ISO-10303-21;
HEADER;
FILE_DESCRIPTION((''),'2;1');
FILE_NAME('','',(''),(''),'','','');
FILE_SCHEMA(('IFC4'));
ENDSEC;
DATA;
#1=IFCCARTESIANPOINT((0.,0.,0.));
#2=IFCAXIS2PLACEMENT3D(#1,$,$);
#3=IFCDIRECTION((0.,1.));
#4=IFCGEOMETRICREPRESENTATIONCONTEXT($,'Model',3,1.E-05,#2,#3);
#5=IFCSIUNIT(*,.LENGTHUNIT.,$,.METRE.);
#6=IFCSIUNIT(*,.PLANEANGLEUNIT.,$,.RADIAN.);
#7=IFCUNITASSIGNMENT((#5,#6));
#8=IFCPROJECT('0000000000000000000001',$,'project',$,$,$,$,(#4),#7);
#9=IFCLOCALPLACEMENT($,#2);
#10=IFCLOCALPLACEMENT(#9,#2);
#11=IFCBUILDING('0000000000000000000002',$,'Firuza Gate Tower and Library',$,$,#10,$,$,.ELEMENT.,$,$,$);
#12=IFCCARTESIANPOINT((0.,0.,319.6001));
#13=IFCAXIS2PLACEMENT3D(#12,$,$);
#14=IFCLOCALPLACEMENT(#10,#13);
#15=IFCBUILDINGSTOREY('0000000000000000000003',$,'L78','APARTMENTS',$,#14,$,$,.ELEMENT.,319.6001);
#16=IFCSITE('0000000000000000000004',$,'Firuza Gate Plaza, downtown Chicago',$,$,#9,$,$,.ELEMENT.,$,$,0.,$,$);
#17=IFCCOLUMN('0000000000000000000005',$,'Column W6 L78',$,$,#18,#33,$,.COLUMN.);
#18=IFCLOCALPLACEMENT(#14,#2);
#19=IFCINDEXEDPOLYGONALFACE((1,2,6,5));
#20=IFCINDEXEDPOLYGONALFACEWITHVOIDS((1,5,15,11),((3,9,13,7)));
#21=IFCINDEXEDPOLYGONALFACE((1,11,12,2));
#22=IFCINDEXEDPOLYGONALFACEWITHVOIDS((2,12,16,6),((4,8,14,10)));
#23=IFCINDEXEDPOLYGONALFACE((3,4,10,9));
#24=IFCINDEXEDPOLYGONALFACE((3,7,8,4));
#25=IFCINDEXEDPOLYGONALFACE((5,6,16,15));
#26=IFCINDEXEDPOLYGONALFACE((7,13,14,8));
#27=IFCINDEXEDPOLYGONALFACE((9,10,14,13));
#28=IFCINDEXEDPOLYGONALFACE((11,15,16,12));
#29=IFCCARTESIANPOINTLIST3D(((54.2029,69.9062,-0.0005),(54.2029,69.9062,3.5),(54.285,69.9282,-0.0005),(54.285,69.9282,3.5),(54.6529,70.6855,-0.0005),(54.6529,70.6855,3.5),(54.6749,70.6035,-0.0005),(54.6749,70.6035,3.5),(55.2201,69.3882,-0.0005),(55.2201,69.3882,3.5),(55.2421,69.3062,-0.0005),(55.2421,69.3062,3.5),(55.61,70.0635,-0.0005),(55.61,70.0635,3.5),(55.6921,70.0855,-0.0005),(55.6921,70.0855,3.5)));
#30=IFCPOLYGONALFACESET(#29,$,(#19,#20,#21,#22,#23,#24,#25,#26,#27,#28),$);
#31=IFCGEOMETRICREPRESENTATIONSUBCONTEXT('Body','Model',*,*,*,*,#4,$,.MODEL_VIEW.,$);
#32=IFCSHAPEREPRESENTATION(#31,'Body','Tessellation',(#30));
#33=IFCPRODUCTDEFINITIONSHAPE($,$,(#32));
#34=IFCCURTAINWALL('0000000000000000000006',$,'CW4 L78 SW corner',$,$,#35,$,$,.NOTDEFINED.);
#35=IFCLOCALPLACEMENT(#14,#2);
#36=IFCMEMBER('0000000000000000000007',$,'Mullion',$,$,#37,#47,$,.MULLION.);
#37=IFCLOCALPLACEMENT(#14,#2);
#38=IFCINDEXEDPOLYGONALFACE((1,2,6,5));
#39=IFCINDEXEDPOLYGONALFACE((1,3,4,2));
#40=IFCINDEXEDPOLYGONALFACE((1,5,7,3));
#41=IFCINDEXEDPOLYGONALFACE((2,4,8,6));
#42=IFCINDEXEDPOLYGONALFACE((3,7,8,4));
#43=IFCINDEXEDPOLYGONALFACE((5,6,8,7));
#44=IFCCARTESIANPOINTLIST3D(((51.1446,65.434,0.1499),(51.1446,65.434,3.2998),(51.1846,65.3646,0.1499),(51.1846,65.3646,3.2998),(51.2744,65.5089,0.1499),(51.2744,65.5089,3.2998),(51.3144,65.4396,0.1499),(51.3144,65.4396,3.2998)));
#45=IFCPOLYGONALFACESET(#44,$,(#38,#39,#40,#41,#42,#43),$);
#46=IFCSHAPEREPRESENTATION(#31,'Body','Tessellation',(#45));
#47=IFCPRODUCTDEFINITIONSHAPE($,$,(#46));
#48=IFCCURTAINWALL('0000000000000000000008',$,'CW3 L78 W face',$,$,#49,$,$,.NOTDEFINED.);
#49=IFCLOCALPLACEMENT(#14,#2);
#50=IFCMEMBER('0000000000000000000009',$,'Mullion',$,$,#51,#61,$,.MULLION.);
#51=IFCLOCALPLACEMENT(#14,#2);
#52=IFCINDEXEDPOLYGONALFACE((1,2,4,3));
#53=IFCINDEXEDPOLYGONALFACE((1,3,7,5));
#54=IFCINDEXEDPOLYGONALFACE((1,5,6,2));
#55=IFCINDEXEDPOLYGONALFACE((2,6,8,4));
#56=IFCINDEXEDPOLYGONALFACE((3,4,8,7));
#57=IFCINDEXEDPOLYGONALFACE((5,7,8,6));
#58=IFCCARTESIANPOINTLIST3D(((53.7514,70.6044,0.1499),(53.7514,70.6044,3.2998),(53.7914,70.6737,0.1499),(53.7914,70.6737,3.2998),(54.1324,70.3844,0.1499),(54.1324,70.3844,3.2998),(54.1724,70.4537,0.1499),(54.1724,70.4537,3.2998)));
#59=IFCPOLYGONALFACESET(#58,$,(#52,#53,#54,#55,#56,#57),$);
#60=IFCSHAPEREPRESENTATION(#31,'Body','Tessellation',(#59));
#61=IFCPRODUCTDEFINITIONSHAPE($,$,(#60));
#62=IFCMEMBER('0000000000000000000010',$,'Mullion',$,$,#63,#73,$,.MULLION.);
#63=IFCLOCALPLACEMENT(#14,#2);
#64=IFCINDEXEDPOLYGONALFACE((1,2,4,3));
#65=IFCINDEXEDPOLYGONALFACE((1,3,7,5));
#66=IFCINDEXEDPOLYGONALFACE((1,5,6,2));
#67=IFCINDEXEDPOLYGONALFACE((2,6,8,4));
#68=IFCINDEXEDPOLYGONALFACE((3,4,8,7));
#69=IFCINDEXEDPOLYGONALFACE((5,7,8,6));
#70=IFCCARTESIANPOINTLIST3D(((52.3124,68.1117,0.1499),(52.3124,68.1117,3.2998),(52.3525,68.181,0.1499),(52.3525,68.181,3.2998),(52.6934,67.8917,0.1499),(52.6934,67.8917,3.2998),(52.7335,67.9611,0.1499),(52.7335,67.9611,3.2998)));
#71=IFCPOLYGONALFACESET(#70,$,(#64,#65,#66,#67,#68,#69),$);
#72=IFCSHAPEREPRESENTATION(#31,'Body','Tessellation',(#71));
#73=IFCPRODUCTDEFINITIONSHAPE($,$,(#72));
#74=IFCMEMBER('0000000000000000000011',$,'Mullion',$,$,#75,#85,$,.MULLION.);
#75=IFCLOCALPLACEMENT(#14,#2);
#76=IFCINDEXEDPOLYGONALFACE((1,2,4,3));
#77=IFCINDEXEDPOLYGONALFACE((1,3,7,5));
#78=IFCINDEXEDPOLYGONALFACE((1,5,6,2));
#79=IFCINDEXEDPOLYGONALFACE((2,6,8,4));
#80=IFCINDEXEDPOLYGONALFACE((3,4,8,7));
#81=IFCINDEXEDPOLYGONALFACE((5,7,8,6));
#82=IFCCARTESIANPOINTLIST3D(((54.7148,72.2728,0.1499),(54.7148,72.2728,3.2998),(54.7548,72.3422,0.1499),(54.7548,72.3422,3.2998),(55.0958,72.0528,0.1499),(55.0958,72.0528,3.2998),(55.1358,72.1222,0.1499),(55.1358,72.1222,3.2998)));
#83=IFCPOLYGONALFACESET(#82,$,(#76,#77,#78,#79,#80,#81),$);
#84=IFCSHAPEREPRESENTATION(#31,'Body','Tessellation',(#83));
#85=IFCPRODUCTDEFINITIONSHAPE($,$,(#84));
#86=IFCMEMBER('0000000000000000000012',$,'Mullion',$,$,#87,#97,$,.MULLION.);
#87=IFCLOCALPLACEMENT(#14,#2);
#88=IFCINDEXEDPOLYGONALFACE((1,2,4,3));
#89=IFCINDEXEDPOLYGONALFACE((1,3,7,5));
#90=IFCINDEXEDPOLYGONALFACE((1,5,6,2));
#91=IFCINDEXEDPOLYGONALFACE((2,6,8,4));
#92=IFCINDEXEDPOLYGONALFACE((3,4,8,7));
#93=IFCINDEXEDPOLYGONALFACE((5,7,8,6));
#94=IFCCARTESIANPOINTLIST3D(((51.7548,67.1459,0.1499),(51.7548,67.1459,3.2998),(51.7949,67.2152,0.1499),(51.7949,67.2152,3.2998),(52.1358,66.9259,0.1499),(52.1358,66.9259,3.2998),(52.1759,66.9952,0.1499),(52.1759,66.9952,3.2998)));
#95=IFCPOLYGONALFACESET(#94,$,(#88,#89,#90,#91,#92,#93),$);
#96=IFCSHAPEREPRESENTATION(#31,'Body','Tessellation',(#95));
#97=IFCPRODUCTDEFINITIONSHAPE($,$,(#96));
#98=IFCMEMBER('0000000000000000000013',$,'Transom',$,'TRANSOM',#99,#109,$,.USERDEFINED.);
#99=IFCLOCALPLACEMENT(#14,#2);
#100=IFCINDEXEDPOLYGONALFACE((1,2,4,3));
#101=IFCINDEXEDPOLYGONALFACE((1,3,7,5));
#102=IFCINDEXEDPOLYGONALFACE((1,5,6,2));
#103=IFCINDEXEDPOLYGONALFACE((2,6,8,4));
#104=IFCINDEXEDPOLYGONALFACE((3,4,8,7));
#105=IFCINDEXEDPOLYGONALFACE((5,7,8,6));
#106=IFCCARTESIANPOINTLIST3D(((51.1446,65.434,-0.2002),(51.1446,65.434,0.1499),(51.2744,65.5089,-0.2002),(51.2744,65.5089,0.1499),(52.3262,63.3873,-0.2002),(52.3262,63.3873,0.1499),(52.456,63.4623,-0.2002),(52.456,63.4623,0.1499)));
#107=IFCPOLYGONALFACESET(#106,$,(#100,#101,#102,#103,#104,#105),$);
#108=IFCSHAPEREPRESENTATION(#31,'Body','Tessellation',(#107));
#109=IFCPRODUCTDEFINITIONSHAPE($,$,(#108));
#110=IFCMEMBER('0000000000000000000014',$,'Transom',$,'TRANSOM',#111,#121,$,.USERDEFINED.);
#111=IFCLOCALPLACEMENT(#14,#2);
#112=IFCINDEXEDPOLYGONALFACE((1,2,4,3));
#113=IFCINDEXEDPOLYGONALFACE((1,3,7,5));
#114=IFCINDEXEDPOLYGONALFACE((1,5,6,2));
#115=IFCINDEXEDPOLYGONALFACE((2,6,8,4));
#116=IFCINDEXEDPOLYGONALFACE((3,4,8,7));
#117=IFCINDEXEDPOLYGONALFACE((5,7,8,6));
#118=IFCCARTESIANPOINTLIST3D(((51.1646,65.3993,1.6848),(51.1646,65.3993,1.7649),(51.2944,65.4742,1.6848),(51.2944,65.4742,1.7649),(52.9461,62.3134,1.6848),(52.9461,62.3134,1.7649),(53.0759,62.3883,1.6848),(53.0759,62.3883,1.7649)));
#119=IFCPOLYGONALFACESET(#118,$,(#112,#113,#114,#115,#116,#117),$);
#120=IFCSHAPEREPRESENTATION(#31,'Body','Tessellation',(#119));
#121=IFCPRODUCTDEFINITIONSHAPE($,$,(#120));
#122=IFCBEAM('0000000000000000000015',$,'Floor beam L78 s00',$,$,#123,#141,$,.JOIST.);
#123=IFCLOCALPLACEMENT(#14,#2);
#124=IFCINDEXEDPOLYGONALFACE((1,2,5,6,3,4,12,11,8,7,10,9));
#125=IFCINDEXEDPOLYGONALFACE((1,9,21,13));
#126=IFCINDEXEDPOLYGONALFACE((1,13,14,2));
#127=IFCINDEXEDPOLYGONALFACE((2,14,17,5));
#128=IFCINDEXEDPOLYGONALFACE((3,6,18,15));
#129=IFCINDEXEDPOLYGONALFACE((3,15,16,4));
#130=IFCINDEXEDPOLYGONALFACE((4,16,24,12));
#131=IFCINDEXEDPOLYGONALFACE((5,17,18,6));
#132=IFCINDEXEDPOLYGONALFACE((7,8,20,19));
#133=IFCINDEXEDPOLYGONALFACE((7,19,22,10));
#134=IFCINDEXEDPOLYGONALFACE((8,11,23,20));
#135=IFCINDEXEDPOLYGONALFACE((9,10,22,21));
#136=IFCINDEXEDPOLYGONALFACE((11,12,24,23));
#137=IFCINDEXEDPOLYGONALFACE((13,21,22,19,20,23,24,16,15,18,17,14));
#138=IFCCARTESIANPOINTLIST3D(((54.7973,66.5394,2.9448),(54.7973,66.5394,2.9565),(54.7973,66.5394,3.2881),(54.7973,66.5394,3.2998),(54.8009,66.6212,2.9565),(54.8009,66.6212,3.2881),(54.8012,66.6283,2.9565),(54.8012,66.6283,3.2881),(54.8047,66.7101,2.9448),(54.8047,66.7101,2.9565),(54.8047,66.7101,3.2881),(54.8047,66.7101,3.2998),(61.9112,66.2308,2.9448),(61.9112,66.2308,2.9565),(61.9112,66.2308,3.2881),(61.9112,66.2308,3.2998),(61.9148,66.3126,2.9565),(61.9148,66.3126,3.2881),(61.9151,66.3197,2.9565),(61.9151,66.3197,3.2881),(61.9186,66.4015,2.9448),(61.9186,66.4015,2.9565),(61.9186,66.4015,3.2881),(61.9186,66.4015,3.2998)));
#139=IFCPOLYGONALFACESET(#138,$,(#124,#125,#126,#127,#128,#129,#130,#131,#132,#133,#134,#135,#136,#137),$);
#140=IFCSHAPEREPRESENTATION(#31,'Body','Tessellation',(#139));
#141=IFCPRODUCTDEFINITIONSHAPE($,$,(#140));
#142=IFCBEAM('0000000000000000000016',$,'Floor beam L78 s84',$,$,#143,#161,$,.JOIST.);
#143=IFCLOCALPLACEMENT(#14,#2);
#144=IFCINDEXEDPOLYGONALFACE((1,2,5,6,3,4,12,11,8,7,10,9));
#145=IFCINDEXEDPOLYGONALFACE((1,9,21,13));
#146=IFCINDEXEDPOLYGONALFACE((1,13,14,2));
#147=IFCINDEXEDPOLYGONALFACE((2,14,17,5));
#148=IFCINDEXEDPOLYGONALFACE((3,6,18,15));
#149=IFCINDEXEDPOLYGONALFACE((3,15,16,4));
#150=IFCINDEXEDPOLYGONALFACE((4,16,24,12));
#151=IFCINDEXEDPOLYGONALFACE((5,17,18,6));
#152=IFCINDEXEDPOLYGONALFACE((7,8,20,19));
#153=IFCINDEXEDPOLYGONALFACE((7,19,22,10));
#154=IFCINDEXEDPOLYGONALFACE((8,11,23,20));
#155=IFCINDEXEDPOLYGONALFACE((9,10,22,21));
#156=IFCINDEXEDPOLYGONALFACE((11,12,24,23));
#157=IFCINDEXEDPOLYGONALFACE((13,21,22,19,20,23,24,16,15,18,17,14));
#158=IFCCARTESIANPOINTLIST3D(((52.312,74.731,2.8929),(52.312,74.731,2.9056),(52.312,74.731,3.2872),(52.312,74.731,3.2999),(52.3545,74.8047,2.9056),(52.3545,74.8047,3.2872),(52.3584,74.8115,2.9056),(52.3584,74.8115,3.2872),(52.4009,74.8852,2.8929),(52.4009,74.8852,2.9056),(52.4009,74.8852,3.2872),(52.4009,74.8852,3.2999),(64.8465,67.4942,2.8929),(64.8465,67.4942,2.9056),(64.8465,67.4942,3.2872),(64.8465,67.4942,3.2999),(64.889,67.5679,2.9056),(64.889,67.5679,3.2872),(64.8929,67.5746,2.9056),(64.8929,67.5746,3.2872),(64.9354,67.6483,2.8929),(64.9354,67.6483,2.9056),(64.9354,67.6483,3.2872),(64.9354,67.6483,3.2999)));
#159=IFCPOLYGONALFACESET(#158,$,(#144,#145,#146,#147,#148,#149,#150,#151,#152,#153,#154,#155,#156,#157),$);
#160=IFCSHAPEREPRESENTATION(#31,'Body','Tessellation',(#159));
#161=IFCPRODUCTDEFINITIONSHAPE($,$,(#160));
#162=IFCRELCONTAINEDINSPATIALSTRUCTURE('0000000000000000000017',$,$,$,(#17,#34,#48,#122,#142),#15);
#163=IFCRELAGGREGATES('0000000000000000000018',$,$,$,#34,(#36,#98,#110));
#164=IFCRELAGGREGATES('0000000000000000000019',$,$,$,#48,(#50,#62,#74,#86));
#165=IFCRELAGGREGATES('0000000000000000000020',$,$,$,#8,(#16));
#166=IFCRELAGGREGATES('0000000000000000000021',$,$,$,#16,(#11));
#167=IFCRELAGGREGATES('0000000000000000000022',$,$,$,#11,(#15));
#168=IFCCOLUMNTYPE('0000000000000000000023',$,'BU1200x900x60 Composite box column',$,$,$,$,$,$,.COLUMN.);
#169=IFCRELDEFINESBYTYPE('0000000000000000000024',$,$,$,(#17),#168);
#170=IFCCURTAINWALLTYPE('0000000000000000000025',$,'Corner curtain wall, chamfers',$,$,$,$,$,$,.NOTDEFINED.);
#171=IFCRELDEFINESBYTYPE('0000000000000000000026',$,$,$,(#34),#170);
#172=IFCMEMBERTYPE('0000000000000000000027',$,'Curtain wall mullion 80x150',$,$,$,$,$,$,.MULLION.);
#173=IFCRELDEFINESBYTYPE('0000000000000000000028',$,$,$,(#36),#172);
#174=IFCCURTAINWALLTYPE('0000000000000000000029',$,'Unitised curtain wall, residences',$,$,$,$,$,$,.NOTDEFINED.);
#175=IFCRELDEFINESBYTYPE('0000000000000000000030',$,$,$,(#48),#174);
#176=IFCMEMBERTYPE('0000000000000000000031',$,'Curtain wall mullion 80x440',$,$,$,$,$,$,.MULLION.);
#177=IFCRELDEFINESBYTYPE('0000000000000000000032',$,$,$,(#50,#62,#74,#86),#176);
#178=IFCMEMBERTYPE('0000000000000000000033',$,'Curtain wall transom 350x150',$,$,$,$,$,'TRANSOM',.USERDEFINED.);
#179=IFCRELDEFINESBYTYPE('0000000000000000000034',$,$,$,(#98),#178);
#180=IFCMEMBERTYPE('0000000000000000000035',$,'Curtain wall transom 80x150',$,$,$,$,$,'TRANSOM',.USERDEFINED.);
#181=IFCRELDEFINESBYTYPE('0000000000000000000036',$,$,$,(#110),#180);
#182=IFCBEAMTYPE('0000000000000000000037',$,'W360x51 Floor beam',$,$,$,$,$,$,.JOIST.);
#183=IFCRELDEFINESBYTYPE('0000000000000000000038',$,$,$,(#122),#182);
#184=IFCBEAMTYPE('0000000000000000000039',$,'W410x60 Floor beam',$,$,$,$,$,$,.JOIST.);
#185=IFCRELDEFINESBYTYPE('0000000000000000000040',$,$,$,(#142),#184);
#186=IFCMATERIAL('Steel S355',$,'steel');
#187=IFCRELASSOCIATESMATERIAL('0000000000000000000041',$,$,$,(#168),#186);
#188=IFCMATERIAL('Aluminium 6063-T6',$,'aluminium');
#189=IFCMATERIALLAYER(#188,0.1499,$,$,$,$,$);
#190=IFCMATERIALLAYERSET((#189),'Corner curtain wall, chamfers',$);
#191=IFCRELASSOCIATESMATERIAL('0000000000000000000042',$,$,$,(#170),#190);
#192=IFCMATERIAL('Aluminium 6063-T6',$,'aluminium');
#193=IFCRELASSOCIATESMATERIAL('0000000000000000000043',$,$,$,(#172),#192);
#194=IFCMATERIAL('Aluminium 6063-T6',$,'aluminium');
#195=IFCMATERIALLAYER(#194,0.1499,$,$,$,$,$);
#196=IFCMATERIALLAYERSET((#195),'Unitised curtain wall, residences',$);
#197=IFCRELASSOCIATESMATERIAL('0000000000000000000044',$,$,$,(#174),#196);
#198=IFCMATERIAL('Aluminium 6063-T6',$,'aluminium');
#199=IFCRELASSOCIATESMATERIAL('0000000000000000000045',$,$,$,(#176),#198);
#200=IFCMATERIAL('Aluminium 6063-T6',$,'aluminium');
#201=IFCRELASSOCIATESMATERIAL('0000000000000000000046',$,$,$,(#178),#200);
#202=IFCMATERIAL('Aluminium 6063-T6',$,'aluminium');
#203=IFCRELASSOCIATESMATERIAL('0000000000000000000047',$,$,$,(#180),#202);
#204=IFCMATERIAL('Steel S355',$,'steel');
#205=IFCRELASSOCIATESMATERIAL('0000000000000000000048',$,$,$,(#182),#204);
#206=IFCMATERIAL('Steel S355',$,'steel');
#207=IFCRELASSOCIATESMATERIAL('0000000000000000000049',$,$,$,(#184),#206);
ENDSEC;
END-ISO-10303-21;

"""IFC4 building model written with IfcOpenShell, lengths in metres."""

from ifc_helpers import new_model, si_unit, direction, frame, origin, origin_2d, place, context, subcontext, project, spatial, rectangle, hollow_rectangle, i_section, extrude, material, layer, layer_set, material_profile, profile_set, type_object, element, aggregate, save


model = new_model("IFC4")

# Units and contexts
model_context = context("Model", 3, precision=1e-05, world=origin(), true_north=direction((0.0, 1.0)))
body_context = subcontext(model_context, "Body", "Model", "MODEL_VIEW")
ifc_project = project(units=[si_unit("LENGTHUNIT", "METRE"), si_unit("PLANEANGLEUNIT", "RADIAN")], contexts=[model_context])

# Site, building, storey
site_placement = place(None, origin())
site = spatial("IfcSite", under=ifc_project, at=site_placement, Name="Firuza Gate Plaza, downtown Chicago", CompositionType="ELEMENT", RefElevation=0.0)
building_placement = place(site_placement, origin())
building = spatial("IfcBuilding", under=site, at=building_placement, Name="Firuza Gate Tower and Library", CompositionType="ELEMENT")
storey_placement = place(building_placement, frame((0.0, 0.0, 319.6001)))
storey = spatial("IfcBuildingStorey", under=building, at=storey_placement, Name="L78", Description="APARTMENTS", CompositionType="ELEMENT", Elevation=319.6001)

# Column
ifc_material_1 = material(Name="Steel S355", Category="steel")
ifc_material_profile_1 = material_profile(ifc_material_1, hollow_rectangle(XDim=0.8999, YDim=1.2, WallThickness=0.0601, at=origin_2d()))
ifc_profile_set_1 = profile_set([ifc_material_profile_1], Name="Steel S355")
column_type = type_object("IfcColumnType", Name="BU1200x900x60 Composite box column", PredefinedType="COLUMN", material=ifc_profile_set_1)
column_placement = place(storey_placement, frame((54.9475, 69.9958, -0.0005), z_axis=(0.0, 0.0, 1.0), x_axis=(-0.5, -0.866025, 0.0)))
element("IfcColumn", 1, at=column_placement, inside=storey, type_object=column_type, Name="Column W6 L78", PredefinedType="COLUMN", context=body_context, shape_type="SweptSolid", body=[
    extrude(hollow_rectangle(XDim=0.8999, YDim=1.2, WallThickness=0.0601, at=origin_2d()), origin(), (0.0, 0.0, 1.0), 3.5005),
])

# Curtain wall, member
ifc_material_2 = material(Name="Aluminium 6063-T6", Category="aluminium")
ifc_layer_1 = layer(ifc_material_2, 0.1499)
ifc_layer_set_1 = layer_set([ifc_layer_1], Name="Corner curtain wall, chamfers")
curtain_wall_type_1 = type_object("IfcCurtainWallType", Name="Corner curtain wall, chamfers", PredefinedType="NOTDEFINED", material=ifc_layer_set_1)
placement = place(storey_placement, origin())
curtain_wall_1 = element("IfcCurtainWall", 2, at=placement, inside=storey, type_object=curtain_wall_type_1, Name="CW4 L78 SW corner", PredefinedType="NOTDEFINED")
ifc_material_3 = material(Name="Aluminium 6063-T6", Category="aluminium")
ifc_material_profile_2 = material_profile(ifc_material_3, rectangle(XDim=0.1499, YDim=0.0801, at=origin_2d()))
ifc_profile_set_2 = profile_set([ifc_material_profile_2], Name="Aluminium 6063-T6")
member_type_1 = type_object("IfcMemberType", Name="Curtain wall mullion 80x150", PredefinedType="MULLION", material=ifc_profile_set_2)
member_1_placement = place(storey_placement, frame((51.2295, 65.4368, 0.1499), z_axis=(0.0, 0.0, 1.0), x_axis=(0.866025, 0.5, 0.0)))
member_1 = element("IfcMember", 3, at=member_1_placement, type_object=member_type_1, Name="Mullion", PredefinedType="MULLION", context=body_context, shape_type="SweptSolid", body=[
    extrude(rectangle(XDim=0.1499, YDim=0.0801, at=origin_2d()), origin(), (0.0, 0.0, 1.0), 3.1499),
])

# Curtain wall, members
ifc_material_4 = material(Name="Aluminium 6063-T6", Category="aluminium")
ifc_layer_2 = layer(ifc_material_4, 0.1499)
ifc_layer_set_2 = layer_set([ifc_layer_2], Name="Unitised curtain wall, residences")
curtain_wall_type_2 = type_object("IfcCurtainWallType", Name="Unitised curtain wall, residences", PredefinedType="NOTDEFINED", material=ifc_layer_set_2)
curtain_wall_2 = element("IfcCurtainWall", 4, at=placement, inside=storey, type_object=curtain_wall_type_2, Name="CW3 L78 W face", PredefinedType="NOTDEFINED")
ifc_material_5 = material(Name="Aluminium 6063-T6", Category="aluminium")
ifc_material_profile_3 = material_profile(ifc_material_5, rectangle(XDim=0.4399, YDim=0.0801, at=origin_2d()))
ifc_profile_set_3 = profile_set([ifc_material_profile_3], Name="Aluminium 6063-T6")
member_type_2 = type_object("IfcMemberType", Name="Curtain wall mullion 80x440", PredefinedType="MULLION", material=ifc_profile_set_3)
member_2_placement = place(storey_placement, frame((53.9619, 70.5291, 0.1499), z_axis=(0.0, 0.0, 1.0), x_axis=(0.866025, -0.5, 0.0)))
member_2 = element("IfcMember", 5, at=member_2_placement, type_object=member_type_2, Name="Mullion", PredefinedType="MULLION", context=body_context, shape_type="SweptSolid", body=[
    extrude(rectangle(XDim=0.4399, YDim=0.0801, at=origin_2d()), origin(), (0.0, 0.0, 1.0), 3.1499),
])
member_3_placement = place(storey_placement, frame((52.5229, 68.0364, 0.1499), z_axis=(0.0, 0.0, 1.0), x_axis=(0.866025, -0.5, 0.0)))
member_3 = element("IfcMember", 6, at=member_3_placement, type_object=member_type_2, Name="Mullion", PredefinedType="MULLION", context=body_context, shape_type="SweptSolid", body=[
    extrude(rectangle(XDim=0.4399, YDim=0.0801, at=origin_2d()), origin(), (0.0, 0.0, 1.0), 3.1499),
])
member_4_placement = place(storey_placement, frame((54.9253, 72.1975, 0.1499), z_axis=(0.0, 0.0, 1.0), x_axis=(0.866025, -0.5, 0.0)))
member_4 = element("IfcMember", 7, at=member_4_placement, type_object=member_type_2, Name="Mullion", PredefinedType="MULLION", context=body_context, shape_type="SweptSolid", body=[
    extrude(rectangle(XDim=0.4399, YDim=0.0801, at=origin_2d()), origin(), (0.0, 0.0, 1.0), 3.1499),
])
member_5_placement = place(storey_placement, frame((51.9653, 67.0706, 0.1499), z_axis=(0.0, 0.0, 1.0), x_axis=(0.866025, -0.5, 0.0)))
member_5 = element("IfcMember", 8, at=member_5_placement, type_object=member_type_2, Name="Mullion", PredefinedType="MULLION", context=body_context, shape_type="SweptSolid", body=[
    extrude(rectangle(XDim=0.4399, YDim=0.0801, at=origin_2d()), origin(), (0.0, 0.0, 1.0), 3.1499),
])

# Members
ifc_material_6 = material(Name="Aluminium 6063-T6", Category="aluminium")
ifc_material_profile_4 = material_profile(ifc_material_6, rectangle(XDim=0.1499, YDim=0.3501, at=origin_2d()))
ifc_profile_set_4 = profile_set([ifc_material_profile_4], Name="Aluminium 6063-T6")
member_type_3 = type_object("IfcMemberType", Name="Curtain wall transom 350x150", ElementType="TRANSOM", PredefinedType="USERDEFINED", material=ifc_profile_set_4)
member_6_placement = place(storey_placement, frame((51.2095, 65.4714, -0.0251), z_axis=(0.500006, -0.866022, 0.0), x_axis=(0.866022, 0.500006, 0.0)))
member_6 = element("IfcMember", 9, at=member_6_placement, type_object=member_type_3, Name="Transom", ObjectType="TRANSOM", PredefinedType="USERDEFINED", context=body_context, shape_type="SweptSolid", body=[
    extrude(rectangle(XDim=0.1499, YDim=0.3501, at=origin_2d()), origin(), (0.0, 0.0, 1.0), 2.3633),
])
ifc_material_7 = material(Name="Aluminium 6063-T6", Category="aluminium")
ifc_material_profile_5 = material_profile(ifc_material_7, rectangle(XDim=0.1499, YDim=0.0801, at=origin_2d()))
ifc_profile_set_5 = profile_set([ifc_material_profile_5], Name="Aluminium 6063-T6")
member_type_4 = type_object("IfcMemberType", Name="Curtain wall transom 80x150", ElementType="TRANSOM", PredefinedType="USERDEFINED", material=ifc_profile_set_5)
member_7_placement = place(storey_placement, frame((51.2295, 65.4368, 1.7249), z_axis=(0.499964, -0.866046, 0.0), x_axis=(0.866046, 0.499964, 0.0)))
member_7 = element("IfcMember", 10, at=member_7_placement, type_object=member_type_4, Name="Transom", ObjectType="TRANSOM", PredefinedType="USERDEFINED", context=body_context, shape_type="SweptSolid", body=[
    extrude(rectangle(XDim=0.1499, YDim=0.0801, at=origin_2d()), origin(), (0.0, 0.0, 1.0), 3.5632),
])

# Beams
ifc_material_8 = material(Name="Steel S355", Category="steel")
ifc_material_profile_6 = material_profile(ifc_material_8, i_section(OverallWidth=0.1709, OverallDepth=0.355, WebThickness=0.0071, FlangeThickness=0.0117, at=origin_2d()))
ifc_profile_set_6 = profile_set([ifc_material_profile_6], Name="Steel S355")
beam_type_1 = type_object("IfcBeamType", Name="W360x51 Floor beam", PredefinedType="JOIST", material=ifc_profile_set_6)
beam_1_placement = place(storey_placement, frame((54.801, 66.6248, 3.1223), z_axis=(0.99906, -0.043338, 0.0), x_axis=(0.043338, 0.99906, 0.0)))
element("IfcBeam", 11, at=beam_1_placement, inside=storey, type_object=beam_type_1, Name="Floor beam L78 s00", PredefinedType="JOIST", context=body_context, shape_type="SweptSolid", body=[
    extrude(i_section(OverallWidth=0.1709, OverallDepth=0.355, WebThickness=0.0071, FlangeThickness=0.0117, at=origin_2d()), origin(), (0.0, 0.0, 1.0), 7.1206),
])
ifc_material_9 = material(Name="Steel S355", Category="steel")
ifc_material_profile_7 = material_profile(ifc_material_9, i_section(OverallWidth=0.178, OverallDepth=0.407, WebThickness=0.0078, FlangeThickness=0.0127, at=origin_2d()))
ifc_profile_set_7 = profile_set([ifc_material_profile_7], Name="Steel S355")
beam_type_2 = type_object("IfcBeamType", Name="W410x60 Floor beam", PredefinedType="JOIST", material=ifc_profile_set_7)
beam_2_placement = place(storey_placement, frame((52.3564, 74.8081, 3.0964), z_axis=(0.866024, -0.500003, 0.0), x_axis=(0.500003, 0.866024, 0.0)))
element("IfcBeam", 12, at=beam_2_placement, inside=storey, type_object=beam_type_2, Name="Floor beam L78 s84", PredefinedType="JOIST", context=body_context, shape_type="SweptSolid", body=[
    extrude(i_section(OverallWidth=0.178, OverallDepth=0.407, WebThickness=0.0078, FlangeThickness=0.0127, at=origin_2d()), origin(), (0.0, 0.0, 1.0), 14.4736),
])

aggregate(curtain_wall_1, [member_1, member_6, member_7])
aggregate(curtain_wall_2, [member_2, member_3, member_4, member_5])

save(model, "model.ifc")
